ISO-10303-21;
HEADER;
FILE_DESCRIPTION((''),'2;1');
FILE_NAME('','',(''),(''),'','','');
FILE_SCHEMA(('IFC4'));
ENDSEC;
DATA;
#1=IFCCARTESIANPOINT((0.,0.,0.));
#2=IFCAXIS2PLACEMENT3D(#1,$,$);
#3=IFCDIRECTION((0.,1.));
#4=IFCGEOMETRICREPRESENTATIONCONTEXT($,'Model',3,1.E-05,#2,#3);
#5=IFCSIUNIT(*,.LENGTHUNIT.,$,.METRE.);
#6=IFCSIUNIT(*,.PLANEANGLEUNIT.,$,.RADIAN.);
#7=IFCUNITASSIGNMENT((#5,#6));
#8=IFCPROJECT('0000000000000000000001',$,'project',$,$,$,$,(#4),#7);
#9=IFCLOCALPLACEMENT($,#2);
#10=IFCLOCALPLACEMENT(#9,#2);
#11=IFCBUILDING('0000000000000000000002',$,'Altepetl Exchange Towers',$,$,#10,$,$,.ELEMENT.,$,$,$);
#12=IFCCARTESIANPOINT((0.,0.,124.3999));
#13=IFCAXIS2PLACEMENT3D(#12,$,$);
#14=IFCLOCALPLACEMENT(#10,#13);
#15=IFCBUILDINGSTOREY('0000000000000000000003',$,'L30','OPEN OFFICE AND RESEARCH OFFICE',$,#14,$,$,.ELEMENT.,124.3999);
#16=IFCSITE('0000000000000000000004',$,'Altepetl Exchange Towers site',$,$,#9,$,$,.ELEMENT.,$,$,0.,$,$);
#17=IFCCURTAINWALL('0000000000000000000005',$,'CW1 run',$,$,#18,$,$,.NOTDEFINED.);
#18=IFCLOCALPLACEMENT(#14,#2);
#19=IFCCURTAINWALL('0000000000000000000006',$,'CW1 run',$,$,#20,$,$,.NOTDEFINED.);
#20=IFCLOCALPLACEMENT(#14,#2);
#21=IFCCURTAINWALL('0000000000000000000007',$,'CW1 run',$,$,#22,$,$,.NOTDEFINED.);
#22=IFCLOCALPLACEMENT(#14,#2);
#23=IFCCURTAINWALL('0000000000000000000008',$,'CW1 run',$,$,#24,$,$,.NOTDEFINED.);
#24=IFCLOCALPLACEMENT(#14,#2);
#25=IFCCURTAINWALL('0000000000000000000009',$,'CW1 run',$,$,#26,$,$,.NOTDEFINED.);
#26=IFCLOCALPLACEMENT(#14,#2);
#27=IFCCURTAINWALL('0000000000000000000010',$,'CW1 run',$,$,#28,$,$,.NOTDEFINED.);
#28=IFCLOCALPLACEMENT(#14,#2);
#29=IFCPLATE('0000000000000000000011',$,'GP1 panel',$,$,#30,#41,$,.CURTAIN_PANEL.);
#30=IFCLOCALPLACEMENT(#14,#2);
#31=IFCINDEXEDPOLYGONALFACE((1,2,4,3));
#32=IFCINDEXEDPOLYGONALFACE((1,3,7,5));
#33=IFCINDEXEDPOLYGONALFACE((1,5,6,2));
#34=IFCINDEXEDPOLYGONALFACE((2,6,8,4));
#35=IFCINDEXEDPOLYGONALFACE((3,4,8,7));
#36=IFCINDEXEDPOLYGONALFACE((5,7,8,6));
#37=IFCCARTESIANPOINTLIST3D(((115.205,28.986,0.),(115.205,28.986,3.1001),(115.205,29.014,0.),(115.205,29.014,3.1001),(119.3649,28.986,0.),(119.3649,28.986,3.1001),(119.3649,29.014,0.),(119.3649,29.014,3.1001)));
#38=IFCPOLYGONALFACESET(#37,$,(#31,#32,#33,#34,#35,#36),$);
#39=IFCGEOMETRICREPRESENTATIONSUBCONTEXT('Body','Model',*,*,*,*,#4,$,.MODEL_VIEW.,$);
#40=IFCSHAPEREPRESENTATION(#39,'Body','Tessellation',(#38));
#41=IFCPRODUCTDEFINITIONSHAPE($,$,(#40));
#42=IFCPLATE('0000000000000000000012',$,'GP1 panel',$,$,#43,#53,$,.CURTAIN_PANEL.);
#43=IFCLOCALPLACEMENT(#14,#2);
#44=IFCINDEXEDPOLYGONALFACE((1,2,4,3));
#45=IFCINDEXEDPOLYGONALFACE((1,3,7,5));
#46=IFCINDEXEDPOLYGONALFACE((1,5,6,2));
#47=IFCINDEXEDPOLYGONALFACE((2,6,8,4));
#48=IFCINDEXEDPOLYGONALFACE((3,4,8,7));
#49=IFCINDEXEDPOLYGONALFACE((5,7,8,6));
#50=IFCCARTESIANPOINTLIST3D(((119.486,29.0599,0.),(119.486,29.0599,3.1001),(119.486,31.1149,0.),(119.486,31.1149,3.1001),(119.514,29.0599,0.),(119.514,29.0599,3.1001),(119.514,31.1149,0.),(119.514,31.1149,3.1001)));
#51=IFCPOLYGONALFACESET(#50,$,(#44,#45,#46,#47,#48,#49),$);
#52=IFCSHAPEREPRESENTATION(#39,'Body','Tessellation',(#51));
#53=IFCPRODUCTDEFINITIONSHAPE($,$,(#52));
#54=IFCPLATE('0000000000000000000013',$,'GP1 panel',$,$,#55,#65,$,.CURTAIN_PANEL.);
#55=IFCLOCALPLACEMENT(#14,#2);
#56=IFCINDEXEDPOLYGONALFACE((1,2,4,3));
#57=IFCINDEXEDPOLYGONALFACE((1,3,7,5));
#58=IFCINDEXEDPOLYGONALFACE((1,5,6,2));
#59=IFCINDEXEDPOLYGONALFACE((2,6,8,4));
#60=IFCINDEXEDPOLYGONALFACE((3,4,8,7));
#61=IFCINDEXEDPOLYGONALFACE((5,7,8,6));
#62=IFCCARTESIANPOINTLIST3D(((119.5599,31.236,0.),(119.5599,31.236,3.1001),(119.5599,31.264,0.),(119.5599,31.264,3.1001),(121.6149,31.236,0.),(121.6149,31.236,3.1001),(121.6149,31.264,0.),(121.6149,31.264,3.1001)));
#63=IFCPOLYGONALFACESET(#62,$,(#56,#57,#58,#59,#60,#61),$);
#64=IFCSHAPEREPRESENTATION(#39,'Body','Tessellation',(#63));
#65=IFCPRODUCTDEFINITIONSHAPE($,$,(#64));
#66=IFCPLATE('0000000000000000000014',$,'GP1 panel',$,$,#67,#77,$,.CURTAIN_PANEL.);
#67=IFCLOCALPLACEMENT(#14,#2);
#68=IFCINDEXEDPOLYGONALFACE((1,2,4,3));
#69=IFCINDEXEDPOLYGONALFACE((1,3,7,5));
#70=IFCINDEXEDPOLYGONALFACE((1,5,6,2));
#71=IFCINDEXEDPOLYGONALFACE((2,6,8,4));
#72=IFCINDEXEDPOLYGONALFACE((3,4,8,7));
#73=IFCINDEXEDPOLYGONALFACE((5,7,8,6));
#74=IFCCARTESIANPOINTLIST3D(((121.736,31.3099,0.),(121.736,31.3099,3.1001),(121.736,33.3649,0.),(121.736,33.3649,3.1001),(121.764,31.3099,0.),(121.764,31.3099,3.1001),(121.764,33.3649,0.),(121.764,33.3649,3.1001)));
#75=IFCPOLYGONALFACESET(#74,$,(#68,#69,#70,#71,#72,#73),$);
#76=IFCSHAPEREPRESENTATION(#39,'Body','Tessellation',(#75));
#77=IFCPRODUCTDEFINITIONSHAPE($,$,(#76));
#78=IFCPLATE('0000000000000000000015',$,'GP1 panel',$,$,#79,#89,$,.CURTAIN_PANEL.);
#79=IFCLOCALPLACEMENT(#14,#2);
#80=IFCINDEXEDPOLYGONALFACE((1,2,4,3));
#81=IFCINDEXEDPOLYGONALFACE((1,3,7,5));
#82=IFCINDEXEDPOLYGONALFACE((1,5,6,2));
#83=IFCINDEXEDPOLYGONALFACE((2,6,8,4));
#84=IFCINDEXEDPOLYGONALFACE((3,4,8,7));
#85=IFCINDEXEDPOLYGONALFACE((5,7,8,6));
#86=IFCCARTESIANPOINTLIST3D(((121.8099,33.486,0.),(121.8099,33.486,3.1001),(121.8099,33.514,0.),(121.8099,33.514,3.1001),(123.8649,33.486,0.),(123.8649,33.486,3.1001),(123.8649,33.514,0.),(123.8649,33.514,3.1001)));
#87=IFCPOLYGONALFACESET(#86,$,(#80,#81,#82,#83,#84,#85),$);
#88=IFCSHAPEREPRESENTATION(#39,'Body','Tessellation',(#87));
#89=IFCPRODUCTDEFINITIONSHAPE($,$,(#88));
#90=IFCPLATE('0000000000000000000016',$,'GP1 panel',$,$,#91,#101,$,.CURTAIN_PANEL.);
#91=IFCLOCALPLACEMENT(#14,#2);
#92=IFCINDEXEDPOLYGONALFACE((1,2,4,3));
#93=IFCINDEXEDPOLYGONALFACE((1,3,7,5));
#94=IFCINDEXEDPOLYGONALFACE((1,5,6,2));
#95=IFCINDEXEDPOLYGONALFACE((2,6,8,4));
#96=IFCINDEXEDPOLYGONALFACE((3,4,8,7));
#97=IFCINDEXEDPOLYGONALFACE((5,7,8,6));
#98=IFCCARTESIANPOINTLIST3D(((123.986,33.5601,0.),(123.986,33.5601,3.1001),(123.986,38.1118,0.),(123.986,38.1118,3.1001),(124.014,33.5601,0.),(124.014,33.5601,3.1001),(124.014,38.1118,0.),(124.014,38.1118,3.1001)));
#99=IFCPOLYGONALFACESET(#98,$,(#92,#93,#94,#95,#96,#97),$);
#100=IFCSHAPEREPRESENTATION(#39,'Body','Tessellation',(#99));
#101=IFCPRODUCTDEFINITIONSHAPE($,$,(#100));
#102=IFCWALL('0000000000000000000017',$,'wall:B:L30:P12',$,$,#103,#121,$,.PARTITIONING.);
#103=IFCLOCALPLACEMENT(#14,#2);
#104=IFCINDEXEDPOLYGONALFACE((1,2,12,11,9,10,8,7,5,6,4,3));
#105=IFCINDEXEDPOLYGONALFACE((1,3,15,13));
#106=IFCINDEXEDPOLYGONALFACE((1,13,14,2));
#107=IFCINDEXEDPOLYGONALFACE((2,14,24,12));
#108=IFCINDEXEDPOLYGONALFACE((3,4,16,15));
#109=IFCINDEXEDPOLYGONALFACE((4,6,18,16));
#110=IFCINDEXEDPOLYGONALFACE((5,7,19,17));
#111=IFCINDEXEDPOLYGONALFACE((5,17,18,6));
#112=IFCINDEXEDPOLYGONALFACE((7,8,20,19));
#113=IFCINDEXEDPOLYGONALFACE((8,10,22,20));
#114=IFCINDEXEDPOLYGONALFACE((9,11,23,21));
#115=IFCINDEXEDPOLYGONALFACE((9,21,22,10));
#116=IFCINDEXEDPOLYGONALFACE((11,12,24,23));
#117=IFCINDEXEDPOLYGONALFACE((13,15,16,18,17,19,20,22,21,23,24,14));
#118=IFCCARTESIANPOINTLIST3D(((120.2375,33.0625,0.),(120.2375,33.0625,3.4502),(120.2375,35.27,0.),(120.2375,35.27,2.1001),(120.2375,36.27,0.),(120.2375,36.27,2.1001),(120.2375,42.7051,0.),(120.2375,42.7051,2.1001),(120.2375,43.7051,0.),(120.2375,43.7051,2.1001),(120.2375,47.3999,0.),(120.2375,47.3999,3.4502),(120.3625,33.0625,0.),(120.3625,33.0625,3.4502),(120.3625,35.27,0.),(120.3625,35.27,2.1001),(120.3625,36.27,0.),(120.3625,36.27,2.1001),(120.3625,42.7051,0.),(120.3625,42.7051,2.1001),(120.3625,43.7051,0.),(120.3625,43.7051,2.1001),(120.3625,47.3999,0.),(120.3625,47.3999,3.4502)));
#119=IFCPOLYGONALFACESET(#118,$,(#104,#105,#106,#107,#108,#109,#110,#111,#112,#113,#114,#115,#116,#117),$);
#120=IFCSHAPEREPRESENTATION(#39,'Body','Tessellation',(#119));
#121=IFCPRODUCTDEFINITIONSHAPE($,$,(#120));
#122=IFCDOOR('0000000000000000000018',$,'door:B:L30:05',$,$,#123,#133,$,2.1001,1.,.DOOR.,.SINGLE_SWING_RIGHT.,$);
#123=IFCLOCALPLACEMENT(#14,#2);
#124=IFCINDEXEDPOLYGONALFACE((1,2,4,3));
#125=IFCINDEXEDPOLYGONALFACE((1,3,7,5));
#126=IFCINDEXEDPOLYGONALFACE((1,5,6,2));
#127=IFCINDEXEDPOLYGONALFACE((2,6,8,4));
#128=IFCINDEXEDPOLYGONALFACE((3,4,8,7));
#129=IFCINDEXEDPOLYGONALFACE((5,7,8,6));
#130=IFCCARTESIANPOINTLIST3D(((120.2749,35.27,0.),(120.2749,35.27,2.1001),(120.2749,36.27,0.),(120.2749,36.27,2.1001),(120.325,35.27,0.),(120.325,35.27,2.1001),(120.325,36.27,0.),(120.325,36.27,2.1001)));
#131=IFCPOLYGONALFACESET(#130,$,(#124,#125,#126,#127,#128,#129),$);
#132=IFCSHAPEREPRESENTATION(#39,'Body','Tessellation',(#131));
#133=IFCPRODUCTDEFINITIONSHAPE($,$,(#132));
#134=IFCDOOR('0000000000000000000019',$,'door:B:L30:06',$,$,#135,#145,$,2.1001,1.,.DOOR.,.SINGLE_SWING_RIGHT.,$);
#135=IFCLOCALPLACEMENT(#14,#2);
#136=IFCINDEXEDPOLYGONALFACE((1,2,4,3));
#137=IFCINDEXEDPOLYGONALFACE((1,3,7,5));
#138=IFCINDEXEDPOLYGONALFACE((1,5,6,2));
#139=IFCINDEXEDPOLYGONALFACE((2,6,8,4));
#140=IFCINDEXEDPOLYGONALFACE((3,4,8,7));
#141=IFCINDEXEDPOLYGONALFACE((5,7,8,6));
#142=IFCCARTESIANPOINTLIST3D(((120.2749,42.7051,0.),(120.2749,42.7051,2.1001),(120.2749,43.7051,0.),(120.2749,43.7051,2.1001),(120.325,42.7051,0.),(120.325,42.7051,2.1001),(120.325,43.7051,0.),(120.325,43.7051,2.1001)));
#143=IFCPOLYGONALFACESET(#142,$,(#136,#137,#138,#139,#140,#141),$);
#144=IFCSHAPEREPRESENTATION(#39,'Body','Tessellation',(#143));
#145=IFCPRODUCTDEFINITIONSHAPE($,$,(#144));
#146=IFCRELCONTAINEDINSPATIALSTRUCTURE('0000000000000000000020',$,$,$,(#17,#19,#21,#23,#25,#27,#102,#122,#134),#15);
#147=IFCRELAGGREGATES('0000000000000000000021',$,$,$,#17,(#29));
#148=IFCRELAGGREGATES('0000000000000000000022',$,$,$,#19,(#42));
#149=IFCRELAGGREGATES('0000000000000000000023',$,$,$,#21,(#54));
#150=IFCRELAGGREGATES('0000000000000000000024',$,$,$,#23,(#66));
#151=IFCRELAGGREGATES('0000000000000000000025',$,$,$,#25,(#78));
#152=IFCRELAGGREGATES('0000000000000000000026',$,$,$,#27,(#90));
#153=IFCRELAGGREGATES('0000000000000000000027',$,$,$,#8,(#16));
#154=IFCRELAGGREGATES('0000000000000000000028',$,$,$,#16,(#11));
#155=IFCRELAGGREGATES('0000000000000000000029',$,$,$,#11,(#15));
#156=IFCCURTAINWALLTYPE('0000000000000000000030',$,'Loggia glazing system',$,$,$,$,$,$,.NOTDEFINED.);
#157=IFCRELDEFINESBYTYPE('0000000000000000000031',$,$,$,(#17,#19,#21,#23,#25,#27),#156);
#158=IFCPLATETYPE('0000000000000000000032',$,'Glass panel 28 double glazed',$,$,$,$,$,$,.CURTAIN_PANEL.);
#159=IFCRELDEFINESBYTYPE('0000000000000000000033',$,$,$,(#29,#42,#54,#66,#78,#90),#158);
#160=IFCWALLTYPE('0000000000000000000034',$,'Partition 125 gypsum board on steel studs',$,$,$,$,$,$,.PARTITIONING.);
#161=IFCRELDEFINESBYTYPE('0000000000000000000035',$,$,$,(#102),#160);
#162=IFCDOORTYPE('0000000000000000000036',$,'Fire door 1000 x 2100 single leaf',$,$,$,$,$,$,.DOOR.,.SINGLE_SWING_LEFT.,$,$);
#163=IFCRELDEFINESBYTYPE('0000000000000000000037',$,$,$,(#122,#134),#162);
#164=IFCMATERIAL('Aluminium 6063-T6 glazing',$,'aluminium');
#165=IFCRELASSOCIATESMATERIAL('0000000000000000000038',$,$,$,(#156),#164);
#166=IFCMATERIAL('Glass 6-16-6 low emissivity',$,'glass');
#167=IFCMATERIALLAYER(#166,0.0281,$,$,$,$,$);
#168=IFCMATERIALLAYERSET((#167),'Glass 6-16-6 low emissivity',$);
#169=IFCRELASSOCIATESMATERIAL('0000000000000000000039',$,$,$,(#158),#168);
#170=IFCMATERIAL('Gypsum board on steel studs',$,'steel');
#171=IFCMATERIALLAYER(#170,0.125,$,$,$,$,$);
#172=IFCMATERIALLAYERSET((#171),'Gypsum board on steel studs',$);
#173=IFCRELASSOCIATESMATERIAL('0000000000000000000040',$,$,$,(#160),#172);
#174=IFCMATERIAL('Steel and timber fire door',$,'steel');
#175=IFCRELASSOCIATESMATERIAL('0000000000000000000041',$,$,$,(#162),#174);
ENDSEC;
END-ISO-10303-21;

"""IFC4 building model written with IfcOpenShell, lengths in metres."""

from ifc_helpers import new_model, si_unit, direction, frame, frame_2d, origin, origin_2d, place, context, subcontext, project, spatial, rectangle, extrude, material, layer, layer_set, type_object, element, fill, aggregate, save


model = new_model("IFC4")

# Units and contexts
model_context = context("Model", 3, precision=1e-05, world=origin(), true_north=direction((0.0, 1.0)))
body_context = subcontext(model_context, "Body", "Model", "MODEL_VIEW")
ifc_project = project(units=[si_unit("LENGTHUNIT", "METRE"), si_unit("PLANEANGLEUNIT", "RADIAN")], contexts=[model_context])

# Site, building, storey
site_placement = place(None, origin())
site = spatial("IfcSite", under=ifc_project, at=site_placement, Name="Altepetl Exchange Towers site", CompositionType="ELEMENT", RefElevation=0.0)
building_placement = place(site_placement, origin())
building = spatial("IfcBuilding", under=site, at=building_placement, Name="Altepetl Exchange Towers", CompositionType="ELEMENT")
storey_placement = place(building_placement, frame((0.0, 0.0, 124.3999)))
storey = spatial("IfcBuildingStorey", under=building, at=storey_placement, Name="L30", Description="OPEN OFFICE AND RESEARCH OFFICE", CompositionType="ELEMENT", Elevation=124.3999)

# Curtain wall
ifc_material_1 = material(Name="Aluminium 6063-T6 glazing", Category="aluminium")
curtain_wall_type = type_object("IfcCurtainWallType", Name="Loggia glazing system", PredefinedType="NOTDEFINED", material=ifc_material_1)
curtain_wall_1_placement = place(storey_placement, origin())
curtain_wall_1 = element("IfcCurtainWall", 1, at=curtain_wall_1_placement, inside=storey, type_object=curtain_wall_type, Name="CW1 run", PredefinedType="NOTDEFINED")

# Curtain walls
curtain_wall_2_placement = place(storey_placement, origin())
curtain_wall_2 = element("IfcCurtainWall", 2, at=curtain_wall_2_placement, inside=storey, type_object=curtain_wall_type, Name="CW1 run", PredefinedType="NOTDEFINED")
curtain_wall_3_placement = place(storey_placement, origin())
curtain_wall_3 = element("IfcCurtainWall", 3, at=curtain_wall_3_placement, inside=storey, type_object=curtain_wall_type, Name="CW1 run", PredefinedType="NOTDEFINED")
curtain_wall_4_placement = place(storey_placement, origin())
curtain_wall_4 = element("IfcCurtainWall", 4, at=curtain_wall_4_placement, inside=storey, type_object=curtain_wall_type, Name="CW1 run", PredefinedType="NOTDEFINED")
curtain_wall_5_placement = place(storey_placement, origin())
curtain_wall_5 = element("IfcCurtainWall", 5, at=curtain_wall_5_placement, inside=storey, type_object=curtain_wall_type, Name="CW1 run", PredefinedType="NOTDEFINED")

# Curtain wall
curtain_wall_6_placement = place(storey_placement, origin())
curtain_wall_6 = element("IfcCurtainWall", 6, at=curtain_wall_6_placement, inside=storey, type_object=curtain_wall_type, Name="CW1 run", PredefinedType="NOTDEFINED")

# Plates
ifc_material_2 = material(Name="Glass 6-16-6 low emissivity", Category="glass")
ifc_layer_1 = layer(ifc_material_2, 0.0281)
ifc_layer_set_1 = layer_set([ifc_layer_1], Name="Glass 6-16-6 low emissivity")
plate_type = type_object("IfcPlateType", Name="Glass panel 28 double glazed", PredefinedType="CURTAIN_PANEL", material=ifc_layer_set_1)
plate_1_placement = place(storey_placement, frame((117.2849, 29.0, 0.0)))
plate_1 = element("IfcPlate", 7, at=plate_1_placement, type_object=plate_type, Name="GP1 panel", PredefinedType="CURTAIN_PANEL", context=body_context, shape_type="SweptSolid", body=[
    extrude(rectangle(XDim=4.1599, YDim=0.0281, at=origin_2d()), origin(), (0.0, 0.0, 1.0), 3.1001),
])
aggregate(curtain_wall_1, [plate_1])
plate_2_placement = place(storey_placement, frame((119.5, 30.0874, 0.0), z_axis=(0.0, 0.0, 1.0), x_axis=(0.0, 1.0, 0.0)))
plate_2 = element("IfcPlate", 8, at=plate_2_placement, type_object=plate_type, Name="GP1 panel", PredefinedType="CURTAIN_PANEL", context=body_context, shape_type="SweptSolid", body=[
    extrude(rectangle(XDim=2.0549, YDim=0.0281, at=origin_2d()), origin(), (0.0, 0.0, 1.0), 3.1001),
])
aggregate(curtain_wall_2, [plate_2])
plate_3_placement = place(storey_placement, frame((120.5874, 31.25, 0.0)))
plate_3 = element("IfcPlate", 9, at=plate_3_placement, type_object=plate_type, Name="GP1 panel", PredefinedType="CURTAIN_PANEL", context=body_context, shape_type="SweptSolid", body=[
    extrude(rectangle(XDim=2.0549, YDim=0.0281, at=origin_2d()), origin(), (0.0, 0.0, 1.0), 3.1001),
])
aggregate(curtain_wall_3, [plate_3])
plate_4_placement = place(storey_placement, frame((121.75, 32.3374, 0.0), z_axis=(0.0, 0.0, 1.0), x_axis=(0.0, 1.0, 0.0)))
plate_4 = element("IfcPlate", 10, at=plate_4_placement, type_object=plate_type, Name="GP1 panel", PredefinedType="CURTAIN_PANEL", context=body_context, shape_type="SweptSolid", body=[
    extrude(rectangle(XDim=2.0549, YDim=0.0281, at=origin_2d()), origin(), (0.0, 0.0, 1.0), 3.1001),
])
aggregate(curtain_wall_4, [plate_4])
plate_5_placement = place(storey_placement, frame((122.8374, 33.5, 0.0)))
plate_5 = element("IfcPlate", 11, at=plate_5_placement, type_object=plate_type, Name="GP1 panel", PredefinedType="CURTAIN_PANEL", context=body_context, shape_type="SweptSolid", body=[
    extrude(rectangle(XDim=2.0549, YDim=0.0281, at=origin_2d()), origin(), (0.0, 0.0, 1.0), 3.1001),
])
aggregate(curtain_wall_5, [plate_5])
plate_6_placement = place(storey_placement, frame((124.0, 35.8359, 0.0), z_axis=(0.0, 0.0, 1.0), x_axis=(0.0, 1.0, 0.0)))
plate_6 = element("IfcPlate", 12, at=plate_6_placement, type_object=plate_type, Name="GP1 panel", PredefinedType="CURTAIN_PANEL", context=body_context, shape_type="SweptSolid", body=[
    extrude(rectangle(XDim=4.5518, YDim=0.0281, at=origin_2d()), origin(), (0.0, 0.0, 1.0), 3.1001),
])
aggregate(curtain_wall_6, [plate_6])

# Wall, openings, doors
ifc_material_3 = material(Name="Gypsum board on steel studs", Category="steel")
ifc_layer_2 = layer(ifc_material_3, 0.125)
ifc_layer_set_2 = layer_set([ifc_layer_2], Name="Gypsum board on steel studs")
wall_type = type_object("IfcWallType", Name="Partition 125 gypsum board on steel studs", PredefinedType="PARTITIONING", material=ifc_layer_set_2)
wall_placement = place(storey_placement, frame((120.3, 33.0625, 0.0), z_axis=(0.0, 0.0, 1.0), x_axis=(0.0, 1.0, 0.0)))
wall = element("IfcWall", 13, at=wall_placement, inside=storey, type_object=wall_type, Name="wall:B:L30:P12", PredefinedType="PARTITIONING", context=body_context, shape_type="SweptSolid", body=[
    extrude(rectangle(XDim=14.3374, YDim=0.125, at=frame_2d((7.1687, 0.0))), origin(), (0.0, 0.0, 1.0), 3.4502),
])
opening_1_placement = place(wall_placement, frame((2.2075, 0.0, 0.0)))
opening_1 = element("IfcOpeningElement", 14, at=opening_1_placement, cuts=wall, PredefinedType="OPENING", context=body_context, shape_type="SweptSolid", body=[
    extrude(rectangle(XDim=1.0, YDim=2.1001, at=frame_2d((0.5, 1.05))), frame((0.0, 0.0725, 0.0), z_axis=(0.0, -1.0, 0.0), x_axis=(1.0, 0.0, 0.0)), (0.0, 0.0, 1.0), 0.145),
])
opening_2_placement = place(wall_placement, frame((9.6426, 0.0, 0.0)))
opening_2 = element("IfcOpeningElement", 15, at=opening_2_placement, cuts=wall, PredefinedType="OPENING", context=body_context, shape_type="SweptSolid", body=[
    extrude(rectangle(XDim=1.0, YDim=2.1001, at=frame_2d((0.5, 1.05))), frame((0.0, 0.0725, 0.0), z_axis=(0.0, -1.0, 0.0), x_axis=(1.0, 0.0, 0.0)), (0.0, 0.0, 1.0), 0.145),
])
ifc_material_4 = material(Name="Steel and timber fire door", Category="steel")
door_type = type_object("IfcDoorType", Name="Fire door 1000 x 2100 single leaf", OperationType="SINGLE_SWING_LEFT", PredefinedType="DOOR", material=ifc_material_4)
door_1_placement = place(opening_1_placement, frame((1.0, 0.0, 0.0), x_axis=(-1.0, 0.0, 0.0)))
door_1 = element("IfcDoor", 16, at=door_1_placement, inside=storey, type_object=door_type, Name="door:B:L30:05", OperationType="SINGLE_SWING_RIGHT", OverallHeight=2.1001, OverallWidth=1.0, PredefinedType="DOOR", context=body_context, shape_type="SweptSolid", body=[
    extrude(rectangle(XDim=1.0, YDim=2.1001, at=frame_2d((0.5, 1.05))), frame((0.0, 0.0249, 0.0), z_axis=(0.0, -1.0, 0.0), x_axis=(1.0, 0.0, 0.0)), (0.0, 0.0, 1.0), 0.05),
])
fill(opening_1, door_1)
door_2_placement = place(opening_2_placement, frame((1.0, 0.0, 0.0), x_axis=(-1.0, 0.0, 0.0)))
door_2 = element("IfcDoor", 17, at=door_2_placement, inside=storey, type_object=door_type, Name="door:B:L30:06", OperationType="SINGLE_SWING_RIGHT", OverallHeight=2.1001, OverallWidth=1.0, PredefinedType="DOOR", context=body_context, shape_type="SweptSolid", body=[
    extrude(rectangle(XDim=1.0, YDim=2.1001, at=frame_2d((0.5, 1.05))), frame((0.0, 0.0249, 0.0), z_axis=(0.0, -1.0, 0.0), x_axis=(1.0, 0.0, 0.0)), (0.0, 0.0, 1.0), 0.05),
])
fill(opening_2, door_2)

save(model, "model.ifc")
